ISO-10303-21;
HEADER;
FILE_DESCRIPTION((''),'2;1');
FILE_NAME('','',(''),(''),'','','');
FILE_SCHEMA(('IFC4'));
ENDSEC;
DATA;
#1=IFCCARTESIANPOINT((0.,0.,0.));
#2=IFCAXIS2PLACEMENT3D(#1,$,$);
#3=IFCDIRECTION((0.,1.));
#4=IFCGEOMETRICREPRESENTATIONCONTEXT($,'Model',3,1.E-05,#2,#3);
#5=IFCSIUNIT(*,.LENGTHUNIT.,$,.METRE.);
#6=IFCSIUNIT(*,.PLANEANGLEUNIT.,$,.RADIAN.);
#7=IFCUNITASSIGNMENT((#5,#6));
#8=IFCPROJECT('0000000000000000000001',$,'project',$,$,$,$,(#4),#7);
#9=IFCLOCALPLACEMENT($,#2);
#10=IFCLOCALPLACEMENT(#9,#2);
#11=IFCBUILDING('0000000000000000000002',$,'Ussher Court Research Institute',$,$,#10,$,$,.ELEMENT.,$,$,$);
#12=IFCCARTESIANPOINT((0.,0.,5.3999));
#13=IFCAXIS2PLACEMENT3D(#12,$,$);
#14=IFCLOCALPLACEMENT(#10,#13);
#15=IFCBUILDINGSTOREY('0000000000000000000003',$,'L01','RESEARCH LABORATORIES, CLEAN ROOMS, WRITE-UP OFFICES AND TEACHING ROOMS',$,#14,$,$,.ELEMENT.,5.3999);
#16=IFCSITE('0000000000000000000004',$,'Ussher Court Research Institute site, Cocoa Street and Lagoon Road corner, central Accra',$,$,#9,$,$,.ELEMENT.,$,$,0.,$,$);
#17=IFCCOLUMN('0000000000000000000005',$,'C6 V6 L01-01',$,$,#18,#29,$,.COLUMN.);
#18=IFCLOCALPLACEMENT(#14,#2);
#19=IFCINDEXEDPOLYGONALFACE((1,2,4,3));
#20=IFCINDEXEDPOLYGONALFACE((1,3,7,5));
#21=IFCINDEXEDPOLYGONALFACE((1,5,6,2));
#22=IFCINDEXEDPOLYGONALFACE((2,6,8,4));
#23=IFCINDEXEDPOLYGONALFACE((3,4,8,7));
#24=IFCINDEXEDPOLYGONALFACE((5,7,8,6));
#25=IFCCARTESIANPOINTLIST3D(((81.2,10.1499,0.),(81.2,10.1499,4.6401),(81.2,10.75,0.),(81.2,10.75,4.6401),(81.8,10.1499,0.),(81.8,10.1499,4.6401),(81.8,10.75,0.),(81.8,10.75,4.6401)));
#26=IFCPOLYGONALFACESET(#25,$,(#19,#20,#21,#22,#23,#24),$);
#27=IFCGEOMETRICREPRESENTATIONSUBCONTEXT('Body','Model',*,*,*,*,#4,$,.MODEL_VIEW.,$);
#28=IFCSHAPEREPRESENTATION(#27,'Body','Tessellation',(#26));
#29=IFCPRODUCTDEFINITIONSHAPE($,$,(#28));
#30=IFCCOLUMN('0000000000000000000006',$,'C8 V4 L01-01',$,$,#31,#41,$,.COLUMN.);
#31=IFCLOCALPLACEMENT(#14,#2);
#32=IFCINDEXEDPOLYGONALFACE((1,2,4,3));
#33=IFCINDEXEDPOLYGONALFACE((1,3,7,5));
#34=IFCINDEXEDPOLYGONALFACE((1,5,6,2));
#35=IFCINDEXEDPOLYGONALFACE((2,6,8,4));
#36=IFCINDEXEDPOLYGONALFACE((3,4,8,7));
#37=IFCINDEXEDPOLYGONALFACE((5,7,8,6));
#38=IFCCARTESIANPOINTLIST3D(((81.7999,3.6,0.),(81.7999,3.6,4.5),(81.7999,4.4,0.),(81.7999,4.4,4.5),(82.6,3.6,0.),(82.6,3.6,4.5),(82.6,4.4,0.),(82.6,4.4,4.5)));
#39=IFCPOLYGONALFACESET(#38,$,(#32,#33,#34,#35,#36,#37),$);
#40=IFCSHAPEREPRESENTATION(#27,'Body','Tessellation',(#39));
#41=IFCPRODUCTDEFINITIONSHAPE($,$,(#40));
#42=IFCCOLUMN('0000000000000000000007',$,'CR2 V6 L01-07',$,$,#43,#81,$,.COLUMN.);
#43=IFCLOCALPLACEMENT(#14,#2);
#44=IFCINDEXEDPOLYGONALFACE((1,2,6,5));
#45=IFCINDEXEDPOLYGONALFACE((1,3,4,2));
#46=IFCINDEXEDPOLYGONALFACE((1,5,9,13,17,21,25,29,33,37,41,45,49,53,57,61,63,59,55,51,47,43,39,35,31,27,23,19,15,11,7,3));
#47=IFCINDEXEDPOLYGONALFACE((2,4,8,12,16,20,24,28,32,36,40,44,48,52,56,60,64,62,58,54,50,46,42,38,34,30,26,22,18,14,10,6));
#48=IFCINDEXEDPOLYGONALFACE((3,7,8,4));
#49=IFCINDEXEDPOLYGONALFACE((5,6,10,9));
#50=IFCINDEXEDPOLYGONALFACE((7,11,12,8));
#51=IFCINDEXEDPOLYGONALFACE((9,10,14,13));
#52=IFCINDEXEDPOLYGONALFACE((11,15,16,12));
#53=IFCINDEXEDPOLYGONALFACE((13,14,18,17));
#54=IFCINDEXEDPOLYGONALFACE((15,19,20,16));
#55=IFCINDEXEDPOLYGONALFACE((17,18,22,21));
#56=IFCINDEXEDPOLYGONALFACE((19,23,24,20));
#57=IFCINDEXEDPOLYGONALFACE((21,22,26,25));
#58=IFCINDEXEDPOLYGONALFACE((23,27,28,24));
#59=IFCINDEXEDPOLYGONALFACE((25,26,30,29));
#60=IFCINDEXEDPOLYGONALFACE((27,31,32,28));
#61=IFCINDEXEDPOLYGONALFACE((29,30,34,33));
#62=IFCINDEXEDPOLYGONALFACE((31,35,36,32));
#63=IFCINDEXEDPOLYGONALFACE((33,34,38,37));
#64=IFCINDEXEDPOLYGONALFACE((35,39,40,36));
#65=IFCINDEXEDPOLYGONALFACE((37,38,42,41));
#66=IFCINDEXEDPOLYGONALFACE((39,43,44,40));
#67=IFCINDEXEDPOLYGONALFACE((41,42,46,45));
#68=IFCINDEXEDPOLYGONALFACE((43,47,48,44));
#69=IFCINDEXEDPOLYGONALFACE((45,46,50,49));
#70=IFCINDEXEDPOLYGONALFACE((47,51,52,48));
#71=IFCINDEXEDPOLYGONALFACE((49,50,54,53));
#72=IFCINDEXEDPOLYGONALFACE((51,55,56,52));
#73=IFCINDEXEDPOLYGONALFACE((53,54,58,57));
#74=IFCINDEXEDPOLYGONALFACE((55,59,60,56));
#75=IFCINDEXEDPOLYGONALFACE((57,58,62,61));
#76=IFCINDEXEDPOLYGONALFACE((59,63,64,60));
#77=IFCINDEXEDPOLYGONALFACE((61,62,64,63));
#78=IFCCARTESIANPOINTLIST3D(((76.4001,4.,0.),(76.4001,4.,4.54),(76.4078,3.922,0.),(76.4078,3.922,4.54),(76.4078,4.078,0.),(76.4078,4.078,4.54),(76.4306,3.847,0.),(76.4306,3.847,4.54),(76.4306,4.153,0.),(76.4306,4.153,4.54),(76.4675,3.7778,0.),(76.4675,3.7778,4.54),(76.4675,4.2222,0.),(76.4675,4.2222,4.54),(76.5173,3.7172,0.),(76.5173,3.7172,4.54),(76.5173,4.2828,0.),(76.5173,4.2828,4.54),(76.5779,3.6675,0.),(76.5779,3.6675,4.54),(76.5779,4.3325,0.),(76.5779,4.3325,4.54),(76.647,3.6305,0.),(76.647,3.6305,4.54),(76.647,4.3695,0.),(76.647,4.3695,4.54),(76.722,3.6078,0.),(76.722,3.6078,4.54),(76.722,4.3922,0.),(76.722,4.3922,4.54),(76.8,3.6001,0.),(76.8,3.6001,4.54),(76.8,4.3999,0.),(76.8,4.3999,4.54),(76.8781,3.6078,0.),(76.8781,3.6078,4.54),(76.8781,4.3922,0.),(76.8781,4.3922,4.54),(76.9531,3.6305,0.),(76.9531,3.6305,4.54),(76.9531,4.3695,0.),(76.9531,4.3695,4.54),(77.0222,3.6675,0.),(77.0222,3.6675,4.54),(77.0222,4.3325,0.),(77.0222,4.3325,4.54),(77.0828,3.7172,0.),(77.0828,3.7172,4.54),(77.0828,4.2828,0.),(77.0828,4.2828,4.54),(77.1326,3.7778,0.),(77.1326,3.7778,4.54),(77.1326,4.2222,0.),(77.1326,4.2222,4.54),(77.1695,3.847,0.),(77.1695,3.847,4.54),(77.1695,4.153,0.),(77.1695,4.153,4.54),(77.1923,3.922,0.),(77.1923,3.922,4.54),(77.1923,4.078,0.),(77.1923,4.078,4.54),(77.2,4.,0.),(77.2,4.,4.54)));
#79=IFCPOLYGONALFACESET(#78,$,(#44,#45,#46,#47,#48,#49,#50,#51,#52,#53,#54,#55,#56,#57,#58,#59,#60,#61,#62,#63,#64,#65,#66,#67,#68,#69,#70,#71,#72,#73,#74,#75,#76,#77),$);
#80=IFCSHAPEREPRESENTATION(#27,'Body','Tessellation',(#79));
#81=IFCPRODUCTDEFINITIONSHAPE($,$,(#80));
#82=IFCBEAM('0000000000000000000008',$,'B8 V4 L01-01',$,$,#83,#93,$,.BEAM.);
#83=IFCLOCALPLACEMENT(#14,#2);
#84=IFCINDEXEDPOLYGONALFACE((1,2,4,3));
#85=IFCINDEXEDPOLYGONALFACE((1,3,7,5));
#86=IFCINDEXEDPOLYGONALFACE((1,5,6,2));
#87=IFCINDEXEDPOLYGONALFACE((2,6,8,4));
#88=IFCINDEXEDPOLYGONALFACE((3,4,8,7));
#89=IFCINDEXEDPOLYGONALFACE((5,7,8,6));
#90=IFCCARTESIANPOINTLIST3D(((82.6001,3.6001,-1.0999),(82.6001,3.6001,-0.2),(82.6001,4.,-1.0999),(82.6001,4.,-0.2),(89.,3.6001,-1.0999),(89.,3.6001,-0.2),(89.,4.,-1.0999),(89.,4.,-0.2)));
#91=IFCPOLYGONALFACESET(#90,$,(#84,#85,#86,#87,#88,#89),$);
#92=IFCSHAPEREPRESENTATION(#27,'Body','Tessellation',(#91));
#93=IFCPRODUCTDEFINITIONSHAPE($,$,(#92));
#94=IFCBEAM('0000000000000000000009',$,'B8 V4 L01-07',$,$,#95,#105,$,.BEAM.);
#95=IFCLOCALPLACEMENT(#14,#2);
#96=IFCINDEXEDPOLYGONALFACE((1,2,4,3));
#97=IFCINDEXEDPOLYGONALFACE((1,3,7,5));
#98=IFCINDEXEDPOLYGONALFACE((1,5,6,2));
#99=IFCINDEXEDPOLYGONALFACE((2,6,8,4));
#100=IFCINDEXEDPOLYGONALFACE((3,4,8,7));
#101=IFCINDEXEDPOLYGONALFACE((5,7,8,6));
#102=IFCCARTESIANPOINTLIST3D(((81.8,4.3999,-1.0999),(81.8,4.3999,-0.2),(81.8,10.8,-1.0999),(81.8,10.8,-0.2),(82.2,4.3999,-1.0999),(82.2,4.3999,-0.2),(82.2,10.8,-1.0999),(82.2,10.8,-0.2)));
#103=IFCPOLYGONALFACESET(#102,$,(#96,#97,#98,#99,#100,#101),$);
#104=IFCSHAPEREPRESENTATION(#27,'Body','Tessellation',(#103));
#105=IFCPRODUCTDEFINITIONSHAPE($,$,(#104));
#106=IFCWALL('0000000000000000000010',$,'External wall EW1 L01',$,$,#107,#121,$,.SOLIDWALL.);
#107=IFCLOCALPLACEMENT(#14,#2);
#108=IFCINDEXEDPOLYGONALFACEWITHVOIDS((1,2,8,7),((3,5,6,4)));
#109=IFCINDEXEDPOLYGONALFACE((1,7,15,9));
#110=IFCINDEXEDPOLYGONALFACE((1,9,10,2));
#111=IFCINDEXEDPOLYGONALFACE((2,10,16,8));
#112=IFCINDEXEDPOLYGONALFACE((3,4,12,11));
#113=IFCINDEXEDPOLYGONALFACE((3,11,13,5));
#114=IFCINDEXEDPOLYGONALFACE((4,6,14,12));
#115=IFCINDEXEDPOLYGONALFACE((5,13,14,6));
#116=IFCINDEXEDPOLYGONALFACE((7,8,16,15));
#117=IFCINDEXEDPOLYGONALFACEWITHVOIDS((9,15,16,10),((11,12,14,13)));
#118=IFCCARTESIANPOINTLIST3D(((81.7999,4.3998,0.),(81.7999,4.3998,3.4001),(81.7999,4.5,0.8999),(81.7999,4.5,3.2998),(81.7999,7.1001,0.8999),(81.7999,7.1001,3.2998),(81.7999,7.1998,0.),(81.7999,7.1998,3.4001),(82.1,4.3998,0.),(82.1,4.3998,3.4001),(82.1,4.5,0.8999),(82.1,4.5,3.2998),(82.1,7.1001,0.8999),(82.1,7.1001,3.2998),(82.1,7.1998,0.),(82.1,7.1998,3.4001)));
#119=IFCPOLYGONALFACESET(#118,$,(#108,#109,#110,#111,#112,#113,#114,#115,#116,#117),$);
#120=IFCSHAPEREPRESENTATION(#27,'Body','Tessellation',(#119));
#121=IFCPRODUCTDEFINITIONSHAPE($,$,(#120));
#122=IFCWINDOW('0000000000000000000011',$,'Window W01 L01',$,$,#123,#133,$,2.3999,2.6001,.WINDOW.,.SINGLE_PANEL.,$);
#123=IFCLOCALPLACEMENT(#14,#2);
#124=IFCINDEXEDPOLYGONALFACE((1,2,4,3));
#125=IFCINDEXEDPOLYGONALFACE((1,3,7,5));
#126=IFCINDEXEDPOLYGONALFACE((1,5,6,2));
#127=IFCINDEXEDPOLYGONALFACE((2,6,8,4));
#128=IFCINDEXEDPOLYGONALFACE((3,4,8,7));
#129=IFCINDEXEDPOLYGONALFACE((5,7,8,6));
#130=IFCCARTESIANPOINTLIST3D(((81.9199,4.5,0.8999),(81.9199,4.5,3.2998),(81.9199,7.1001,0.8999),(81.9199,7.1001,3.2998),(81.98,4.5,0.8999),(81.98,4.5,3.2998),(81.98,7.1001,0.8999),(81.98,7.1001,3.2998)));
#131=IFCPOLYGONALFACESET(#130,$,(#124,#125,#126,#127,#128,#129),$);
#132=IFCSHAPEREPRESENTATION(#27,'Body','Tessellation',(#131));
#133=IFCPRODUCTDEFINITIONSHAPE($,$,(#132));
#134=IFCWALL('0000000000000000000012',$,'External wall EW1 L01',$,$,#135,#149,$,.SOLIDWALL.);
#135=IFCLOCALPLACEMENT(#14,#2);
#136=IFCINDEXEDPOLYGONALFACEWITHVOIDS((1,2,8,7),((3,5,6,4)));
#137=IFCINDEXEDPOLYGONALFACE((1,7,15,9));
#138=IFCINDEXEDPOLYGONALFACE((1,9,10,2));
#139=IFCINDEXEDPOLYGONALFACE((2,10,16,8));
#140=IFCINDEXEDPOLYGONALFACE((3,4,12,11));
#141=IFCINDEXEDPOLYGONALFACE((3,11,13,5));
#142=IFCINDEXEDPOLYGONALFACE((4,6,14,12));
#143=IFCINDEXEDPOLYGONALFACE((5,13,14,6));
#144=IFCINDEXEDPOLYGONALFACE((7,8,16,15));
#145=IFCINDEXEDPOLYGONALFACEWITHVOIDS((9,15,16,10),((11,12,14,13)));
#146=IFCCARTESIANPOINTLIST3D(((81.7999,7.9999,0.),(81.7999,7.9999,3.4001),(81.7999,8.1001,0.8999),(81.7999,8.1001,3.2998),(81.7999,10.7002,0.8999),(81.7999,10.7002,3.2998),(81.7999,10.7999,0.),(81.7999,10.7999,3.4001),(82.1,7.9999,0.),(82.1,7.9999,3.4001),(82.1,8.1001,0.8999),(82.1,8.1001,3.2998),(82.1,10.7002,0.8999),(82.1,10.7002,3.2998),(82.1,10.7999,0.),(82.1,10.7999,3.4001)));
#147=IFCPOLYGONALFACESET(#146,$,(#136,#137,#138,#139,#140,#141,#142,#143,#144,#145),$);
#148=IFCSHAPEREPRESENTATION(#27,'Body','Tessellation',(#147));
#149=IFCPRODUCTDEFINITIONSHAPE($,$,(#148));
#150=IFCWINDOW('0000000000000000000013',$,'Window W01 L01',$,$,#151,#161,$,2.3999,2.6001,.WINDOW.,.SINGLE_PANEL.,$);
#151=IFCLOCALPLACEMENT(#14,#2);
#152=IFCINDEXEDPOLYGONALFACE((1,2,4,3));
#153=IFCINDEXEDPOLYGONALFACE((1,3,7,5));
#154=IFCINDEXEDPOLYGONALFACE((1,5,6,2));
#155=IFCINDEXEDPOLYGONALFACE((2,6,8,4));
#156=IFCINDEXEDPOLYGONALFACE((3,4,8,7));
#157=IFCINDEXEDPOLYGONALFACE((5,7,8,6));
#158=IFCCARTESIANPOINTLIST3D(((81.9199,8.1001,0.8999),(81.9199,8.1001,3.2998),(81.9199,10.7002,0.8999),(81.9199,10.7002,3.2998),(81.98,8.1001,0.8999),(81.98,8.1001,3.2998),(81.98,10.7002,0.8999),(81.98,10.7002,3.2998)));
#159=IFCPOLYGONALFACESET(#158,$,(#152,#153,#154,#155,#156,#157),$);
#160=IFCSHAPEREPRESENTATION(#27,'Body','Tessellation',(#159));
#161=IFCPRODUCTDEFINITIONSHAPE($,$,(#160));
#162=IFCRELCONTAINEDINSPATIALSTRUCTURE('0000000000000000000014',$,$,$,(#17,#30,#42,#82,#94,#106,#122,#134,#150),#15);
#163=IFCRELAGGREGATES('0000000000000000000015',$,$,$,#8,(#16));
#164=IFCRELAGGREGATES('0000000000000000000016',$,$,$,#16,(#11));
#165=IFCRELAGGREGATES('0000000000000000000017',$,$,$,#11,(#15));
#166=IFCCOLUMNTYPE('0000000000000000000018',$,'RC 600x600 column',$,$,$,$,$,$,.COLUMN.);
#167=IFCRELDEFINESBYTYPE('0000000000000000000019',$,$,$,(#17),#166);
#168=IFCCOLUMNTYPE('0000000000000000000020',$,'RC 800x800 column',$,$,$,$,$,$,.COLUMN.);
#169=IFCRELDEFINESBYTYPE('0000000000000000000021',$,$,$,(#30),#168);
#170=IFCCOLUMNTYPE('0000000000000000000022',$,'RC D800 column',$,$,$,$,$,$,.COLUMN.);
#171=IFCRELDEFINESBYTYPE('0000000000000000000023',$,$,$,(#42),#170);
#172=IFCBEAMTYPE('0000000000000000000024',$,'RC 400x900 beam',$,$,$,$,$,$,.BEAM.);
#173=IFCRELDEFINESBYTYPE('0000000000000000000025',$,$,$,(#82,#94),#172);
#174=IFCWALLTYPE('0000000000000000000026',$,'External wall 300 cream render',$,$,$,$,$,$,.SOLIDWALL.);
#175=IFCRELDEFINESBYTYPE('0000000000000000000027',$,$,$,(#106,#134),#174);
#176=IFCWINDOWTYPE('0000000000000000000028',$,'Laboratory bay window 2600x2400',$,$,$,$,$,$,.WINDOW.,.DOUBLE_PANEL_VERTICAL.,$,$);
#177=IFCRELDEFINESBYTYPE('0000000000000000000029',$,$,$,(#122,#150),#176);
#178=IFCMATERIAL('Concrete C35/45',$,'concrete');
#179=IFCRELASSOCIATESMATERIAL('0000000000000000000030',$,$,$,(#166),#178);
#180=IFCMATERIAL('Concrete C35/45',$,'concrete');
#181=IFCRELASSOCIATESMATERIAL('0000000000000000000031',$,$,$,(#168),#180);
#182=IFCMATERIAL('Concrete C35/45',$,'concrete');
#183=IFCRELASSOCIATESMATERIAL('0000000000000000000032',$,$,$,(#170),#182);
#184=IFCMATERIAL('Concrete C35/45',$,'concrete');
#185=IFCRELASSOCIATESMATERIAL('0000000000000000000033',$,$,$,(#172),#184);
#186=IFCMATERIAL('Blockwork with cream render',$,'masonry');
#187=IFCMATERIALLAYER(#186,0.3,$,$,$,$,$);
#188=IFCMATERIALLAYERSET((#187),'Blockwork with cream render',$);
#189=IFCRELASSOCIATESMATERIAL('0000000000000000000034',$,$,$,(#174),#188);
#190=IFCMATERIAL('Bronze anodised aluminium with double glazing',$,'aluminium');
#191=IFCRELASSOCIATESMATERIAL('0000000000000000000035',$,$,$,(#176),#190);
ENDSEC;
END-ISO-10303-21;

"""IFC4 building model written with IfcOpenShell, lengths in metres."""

from ifc_helpers import new_model, si_unit, direction, frame, frame_2d, origin, origin_2d, place, context, subcontext, project, spatial, rectangle, circle, extrude, material, layer, layer_set, material_profile, profile_set, type_object, element, fill, save


model = new_model("IFC4")

# Units and contexts
model_context = context("Model", 3, precision=1e-05, world=origin(), true_north=direction((0.0, 1.0)))
body_context = subcontext(model_context, "Body", "Model", "MODEL_VIEW")
ifc_project = project(units=[si_unit("LENGTHUNIT", "METRE"), si_unit("PLANEANGLEUNIT", "RADIAN")], contexts=[model_context])

# Site, building, storey
site_placement = place(None, origin())
site = spatial("IfcSite", under=ifc_project, at=site_placement, Name="Ussher Court Research Institute site, Cocoa Street and Lagoon Road corner, central Accra", CompositionType="ELEMENT", RefElevation=0.0)
building_placement = place(site_placement, origin())
building = spatial("IfcBuilding", under=site, at=building_placement, Name="Ussher Court Research Institute", CompositionType="ELEMENT")
storey_placement = place(building_placement, frame((0.0, 0.0, 5.3999)))
storey = spatial("IfcBuildingStorey", under=building, at=storey_placement, Name="L01", Description="RESEARCH LABORATORIES, CLEAN ROOMS, WRITE-UP OFFICES AND TEACHING ROOMS", CompositionType="ELEMENT", Elevation=5.3999)

# Columns
ifc_material_1 = material(Name="Concrete C35/45", Category="concrete")
ifc_material_profile_1 = material_profile(ifc_material_1, rectangle(XDim=0.6001, YDim=0.6001, at=origin_2d()), Name="RC 600x600")
ifc_profile_set_1 = profile_set([ifc_material_profile_1], Name="Concrete C35/45")
column_type_1 = type_object("IfcColumnType", Name="RC 600x600 column", PredefinedType="COLUMN", material=ifc_profile_set_1)
column_1_placement = place(storey_placement, frame((81.5, 10.45, 0.0), z_axis=(0.0, 0.0, 1.0), x_axis=(1.0, 0.0, 0.0)))
element("IfcColumn", 1, at=column_1_placement, inside=storey, type_object=column_type_1, Name="C6 V6 L01-01", PredefinedType="COLUMN", context=body_context, shape_type="SweptSolid", body=[
    extrude(rectangle(XDim=0.6001, YDim=0.6001, at=origin_2d()), origin(), (0.0, 0.0, 1.0), 4.6401),
])
ifc_material_2 = material(Name="Concrete C35/45", Category="concrete")
ifc_material_profile_2 = material_profile(ifc_material_2, rectangle(XDim=0.8, YDim=0.8, at=origin_2d()), Name="RC 800x800")
ifc_profile_set_2 = profile_set([ifc_material_profile_2], Name="Concrete C35/45")
column_type_2 = type_object("IfcColumnType", Name="RC 800x800 column", PredefinedType="COLUMN", material=ifc_profile_set_2)
column_2_placement = place(storey_placement, frame((82.2, 4.0, 0.0), z_axis=(0.0, 0.0, 1.0), x_axis=(1.0, 0.0, 0.0)))
element("IfcColumn", 2, at=column_2_placement, inside=storey, type_object=column_type_2, Name="C8 V4 L01-01", PredefinedType="COLUMN", context=body_context, shape_type="SweptSolid", body=[
    extrude(rectangle(XDim=0.8, YDim=0.8, at=origin_2d()), origin(), (0.0, 0.0, 1.0), 4.5),
])
ifc_material_3 = material(Name="Concrete C35/45", Category="concrete")
ifc_material_profile_3 = material_profile(ifc_material_3, circle(Radius=0.3999, at=origin_2d()), Name="RC D800")
ifc_profile_set_3 = profile_set([ifc_material_profile_3], Name="Concrete C35/45")
column_type_3 = type_object("IfcColumnType", Name="RC D800 column", PredefinedType="COLUMN", material=ifc_profile_set_3)
column_3_placement = place(storey_placement, frame((76.8, 4.0, 0.0), z_axis=(0.0, 0.0, 1.0), x_axis=(1.0, 0.0, 0.0)))
element("IfcColumn", 3, at=column_3_placement, inside=storey, type_object=column_type_3, Name="CR2 V6 L01-07", PredefinedType="COLUMN", context=body_context, shape_type="SweptSolid", body=[
    extrude(circle(Radius=0.3999, at=origin_2d()), origin(), (0.0, 0.0, 1.0), 4.54),
])

# Beams
ifc_material_4 = material(Name="Concrete C35/45", Category="concrete")
ifc_material_profile_4 = material_profile(ifc_material_4, rectangle(XDim=0.3999, YDim=0.8999, at=origin_2d()), Name="RC 400x900")
ifc_profile_set_4 = profile_set([ifc_material_profile_4], Name="Concrete C35/45")
beam_type = type_object("IfcBeamType", Name="RC 400x900 beam", PredefinedType="BEAM", material=ifc_profile_set_4)
beam_1_placement = place(storey_placement, frame((82.6001, 3.8, -0.6499), z_axis=(1.0, 0.0, 0.0), x_axis=(0.0, 1.0, 0.0)))
element("IfcBeam", 4, at=beam_1_placement, inside=storey, type_object=beam_type, Name="B8 V4 L01-01", PredefinedType="BEAM", context=body_context, shape_type="SweptSolid", body=[
    extrude(rectangle(XDim=0.3999, YDim=0.8999, at=origin_2d()), origin(), (0.0, 0.0, 1.0), 6.3999),
])
beam_2_placement = place(storey_placement, frame((82.0, 4.3999, -0.6499), z_axis=(0.0, 1.0, 0.0), x_axis=(-1.0, 0.0, 0.0)))
element("IfcBeam", 5, at=beam_2_placement, inside=storey, type_object=beam_type, Name="B8 V4 L01-07", PredefinedType="BEAM", context=body_context, shape_type="SweptSolid", body=[
    extrude(rectangle(XDim=0.3999, YDim=0.8999, at=origin_2d()), origin(), (0.0, 0.0, 1.0), 6.4001),
])

# Walls, openings, windows
ifc_material_5 = material(Name="Blockwork with cream render", Category="masonry")
ifc_layer_1 = layer(ifc_material_5, 0.3)
ifc_layer_set_1 = layer_set([ifc_layer_1], Name="Blockwork with cream render")
wall_type_1 = type_object("IfcWallType", Name="External wall 300 cream render", PredefinedType="SOLIDWALL", material=ifc_layer_set_1)
wall_1_placement = place(storey_placement, frame((81.95, 4.3999, 0.0), z_axis=(0.0, 0.0, 1.0), x_axis=(0.0, 1.0, 0.0)))
wall_1 = element("IfcWall", 6, at=wall_1_placement, inside=storey, type_object=wall_type_1, Name="External wall EW1 L01", PredefinedType="SOLIDWALL", context=body_context, shape_type="SweptSolid", body=[
    extrude(rectangle(XDim=2.8, YDim=0.3, at=frame_2d((1.3999, 0.0))), origin(), (0.0, 0.0, 1.0), 3.4001),
])
opening_1_placement = place(wall_1_placement, frame((0.1001, 0.0, 0.8999)))
opening_1 = element("IfcOpeningElement", 7, at=opening_1_placement, cuts=wall_1, PredefinedType="OPENING", context=body_context, shape_type="SweptSolid", body=[
    extrude(rectangle(XDim=2.6001, YDim=2.3999, at=frame_2d((1.3, 1.2))), frame((0.0, 0.1602, 0.0), z_axis=(0.0, -1.0, 0.0), x_axis=(1.0, 0.0, 0.0)), (0.0, 0.0, 1.0), 0.3201),
])
ifc_material_6 = material(Name="Bronze anodised aluminium with double glazing", Category="aluminium")
window_type_1 = type_object("IfcWindowType", Name="Laboratory bay window 2600x2400", PartitioningType="DOUBLE_PANEL_VERTICAL", PredefinedType="WINDOW", material=ifc_material_6)
window_1_placement = place(opening_1_placement, origin())
window_1 = element("IfcWindow", 8, at=window_1_placement, inside=storey, type_object=window_type_1, Name="Window W01 L01", OverallHeight=2.3999, OverallWidth=2.6001, PartitioningType="SINGLE_PANEL", PredefinedType="WINDOW", context=body_context, shape_type="SweptSolid", body=[
    extrude(rectangle(XDim=2.6001, YDim=2.3999, at=frame_2d((1.3, 1.2))), frame((0.0, 0.03, 0.0), z_axis=(0.0, -1.0, 0.0), x_axis=(1.0, 0.0, 0.0)), (0.0, 0.0, 1.0), 0.0601),
])
fill(opening_1, window_1)
wall_2_placement = place(storey_placement, frame((81.95, 8.0, 0.0), z_axis=(0.0, 0.0, 1.0), x_axis=(0.0, 1.0, 0.0)))
wall_2 = element("IfcWall", 9, at=wall_2_placement, inside=storey, type_object=wall_type_1, Name="External wall EW1 L01", PredefinedType="SOLIDWALL", context=body_context, shape_type="SweptSolid", body=[
    extrude(rectangle(XDim=2.8, YDim=0.3, at=frame_2d((1.3999, 0.0))), origin(), (0.0, 0.0, 1.0), 3.4001),
])
opening_2_placement = place(wall_2_placement, frame((0.1001, 0.0, 0.8999)))
opening_2 = element("IfcOpeningElement", 10, at=opening_2_placement, cuts=wall_2, PredefinedType="OPENING", context=body_context, shape_type="SweptSolid", body=[
    extrude(rectangle(XDim=2.6001, YDim=2.3999, at=frame_2d((1.3, 1.2))), frame((0.0, 0.1602, 0.0), z_axis=(0.0, -1.0, 0.0), x_axis=(1.0, 0.0, 0.0)), (0.0, 0.0, 1.0), 0.3201),
])
window_2_placement = place(opening_2_placement, origin())
window_2 = element("IfcWindow", 11, at=window_2_placement, inside=storey, type_object=window_type_1, Name="Window W01 L01", OverallHeight=2.3999, OverallWidth=2.6001, PartitioningType="SINGLE_PANEL", PredefinedType="WINDOW", context=body_context, shape_type="SweptSolid", body=[
    extrude(rectangle(XDim=2.6001, YDim=2.3999, at=frame_2d((1.3, 1.2))), frame((0.0, 0.03, 0.0), z_axis=(0.0, -1.0, 0.0), x_axis=(1.0, 0.0, 0.0)), (0.0, 0.0, 1.0), 0.0601),
])
fill(opening_2, window_2)

save(model, "model.ifc")
